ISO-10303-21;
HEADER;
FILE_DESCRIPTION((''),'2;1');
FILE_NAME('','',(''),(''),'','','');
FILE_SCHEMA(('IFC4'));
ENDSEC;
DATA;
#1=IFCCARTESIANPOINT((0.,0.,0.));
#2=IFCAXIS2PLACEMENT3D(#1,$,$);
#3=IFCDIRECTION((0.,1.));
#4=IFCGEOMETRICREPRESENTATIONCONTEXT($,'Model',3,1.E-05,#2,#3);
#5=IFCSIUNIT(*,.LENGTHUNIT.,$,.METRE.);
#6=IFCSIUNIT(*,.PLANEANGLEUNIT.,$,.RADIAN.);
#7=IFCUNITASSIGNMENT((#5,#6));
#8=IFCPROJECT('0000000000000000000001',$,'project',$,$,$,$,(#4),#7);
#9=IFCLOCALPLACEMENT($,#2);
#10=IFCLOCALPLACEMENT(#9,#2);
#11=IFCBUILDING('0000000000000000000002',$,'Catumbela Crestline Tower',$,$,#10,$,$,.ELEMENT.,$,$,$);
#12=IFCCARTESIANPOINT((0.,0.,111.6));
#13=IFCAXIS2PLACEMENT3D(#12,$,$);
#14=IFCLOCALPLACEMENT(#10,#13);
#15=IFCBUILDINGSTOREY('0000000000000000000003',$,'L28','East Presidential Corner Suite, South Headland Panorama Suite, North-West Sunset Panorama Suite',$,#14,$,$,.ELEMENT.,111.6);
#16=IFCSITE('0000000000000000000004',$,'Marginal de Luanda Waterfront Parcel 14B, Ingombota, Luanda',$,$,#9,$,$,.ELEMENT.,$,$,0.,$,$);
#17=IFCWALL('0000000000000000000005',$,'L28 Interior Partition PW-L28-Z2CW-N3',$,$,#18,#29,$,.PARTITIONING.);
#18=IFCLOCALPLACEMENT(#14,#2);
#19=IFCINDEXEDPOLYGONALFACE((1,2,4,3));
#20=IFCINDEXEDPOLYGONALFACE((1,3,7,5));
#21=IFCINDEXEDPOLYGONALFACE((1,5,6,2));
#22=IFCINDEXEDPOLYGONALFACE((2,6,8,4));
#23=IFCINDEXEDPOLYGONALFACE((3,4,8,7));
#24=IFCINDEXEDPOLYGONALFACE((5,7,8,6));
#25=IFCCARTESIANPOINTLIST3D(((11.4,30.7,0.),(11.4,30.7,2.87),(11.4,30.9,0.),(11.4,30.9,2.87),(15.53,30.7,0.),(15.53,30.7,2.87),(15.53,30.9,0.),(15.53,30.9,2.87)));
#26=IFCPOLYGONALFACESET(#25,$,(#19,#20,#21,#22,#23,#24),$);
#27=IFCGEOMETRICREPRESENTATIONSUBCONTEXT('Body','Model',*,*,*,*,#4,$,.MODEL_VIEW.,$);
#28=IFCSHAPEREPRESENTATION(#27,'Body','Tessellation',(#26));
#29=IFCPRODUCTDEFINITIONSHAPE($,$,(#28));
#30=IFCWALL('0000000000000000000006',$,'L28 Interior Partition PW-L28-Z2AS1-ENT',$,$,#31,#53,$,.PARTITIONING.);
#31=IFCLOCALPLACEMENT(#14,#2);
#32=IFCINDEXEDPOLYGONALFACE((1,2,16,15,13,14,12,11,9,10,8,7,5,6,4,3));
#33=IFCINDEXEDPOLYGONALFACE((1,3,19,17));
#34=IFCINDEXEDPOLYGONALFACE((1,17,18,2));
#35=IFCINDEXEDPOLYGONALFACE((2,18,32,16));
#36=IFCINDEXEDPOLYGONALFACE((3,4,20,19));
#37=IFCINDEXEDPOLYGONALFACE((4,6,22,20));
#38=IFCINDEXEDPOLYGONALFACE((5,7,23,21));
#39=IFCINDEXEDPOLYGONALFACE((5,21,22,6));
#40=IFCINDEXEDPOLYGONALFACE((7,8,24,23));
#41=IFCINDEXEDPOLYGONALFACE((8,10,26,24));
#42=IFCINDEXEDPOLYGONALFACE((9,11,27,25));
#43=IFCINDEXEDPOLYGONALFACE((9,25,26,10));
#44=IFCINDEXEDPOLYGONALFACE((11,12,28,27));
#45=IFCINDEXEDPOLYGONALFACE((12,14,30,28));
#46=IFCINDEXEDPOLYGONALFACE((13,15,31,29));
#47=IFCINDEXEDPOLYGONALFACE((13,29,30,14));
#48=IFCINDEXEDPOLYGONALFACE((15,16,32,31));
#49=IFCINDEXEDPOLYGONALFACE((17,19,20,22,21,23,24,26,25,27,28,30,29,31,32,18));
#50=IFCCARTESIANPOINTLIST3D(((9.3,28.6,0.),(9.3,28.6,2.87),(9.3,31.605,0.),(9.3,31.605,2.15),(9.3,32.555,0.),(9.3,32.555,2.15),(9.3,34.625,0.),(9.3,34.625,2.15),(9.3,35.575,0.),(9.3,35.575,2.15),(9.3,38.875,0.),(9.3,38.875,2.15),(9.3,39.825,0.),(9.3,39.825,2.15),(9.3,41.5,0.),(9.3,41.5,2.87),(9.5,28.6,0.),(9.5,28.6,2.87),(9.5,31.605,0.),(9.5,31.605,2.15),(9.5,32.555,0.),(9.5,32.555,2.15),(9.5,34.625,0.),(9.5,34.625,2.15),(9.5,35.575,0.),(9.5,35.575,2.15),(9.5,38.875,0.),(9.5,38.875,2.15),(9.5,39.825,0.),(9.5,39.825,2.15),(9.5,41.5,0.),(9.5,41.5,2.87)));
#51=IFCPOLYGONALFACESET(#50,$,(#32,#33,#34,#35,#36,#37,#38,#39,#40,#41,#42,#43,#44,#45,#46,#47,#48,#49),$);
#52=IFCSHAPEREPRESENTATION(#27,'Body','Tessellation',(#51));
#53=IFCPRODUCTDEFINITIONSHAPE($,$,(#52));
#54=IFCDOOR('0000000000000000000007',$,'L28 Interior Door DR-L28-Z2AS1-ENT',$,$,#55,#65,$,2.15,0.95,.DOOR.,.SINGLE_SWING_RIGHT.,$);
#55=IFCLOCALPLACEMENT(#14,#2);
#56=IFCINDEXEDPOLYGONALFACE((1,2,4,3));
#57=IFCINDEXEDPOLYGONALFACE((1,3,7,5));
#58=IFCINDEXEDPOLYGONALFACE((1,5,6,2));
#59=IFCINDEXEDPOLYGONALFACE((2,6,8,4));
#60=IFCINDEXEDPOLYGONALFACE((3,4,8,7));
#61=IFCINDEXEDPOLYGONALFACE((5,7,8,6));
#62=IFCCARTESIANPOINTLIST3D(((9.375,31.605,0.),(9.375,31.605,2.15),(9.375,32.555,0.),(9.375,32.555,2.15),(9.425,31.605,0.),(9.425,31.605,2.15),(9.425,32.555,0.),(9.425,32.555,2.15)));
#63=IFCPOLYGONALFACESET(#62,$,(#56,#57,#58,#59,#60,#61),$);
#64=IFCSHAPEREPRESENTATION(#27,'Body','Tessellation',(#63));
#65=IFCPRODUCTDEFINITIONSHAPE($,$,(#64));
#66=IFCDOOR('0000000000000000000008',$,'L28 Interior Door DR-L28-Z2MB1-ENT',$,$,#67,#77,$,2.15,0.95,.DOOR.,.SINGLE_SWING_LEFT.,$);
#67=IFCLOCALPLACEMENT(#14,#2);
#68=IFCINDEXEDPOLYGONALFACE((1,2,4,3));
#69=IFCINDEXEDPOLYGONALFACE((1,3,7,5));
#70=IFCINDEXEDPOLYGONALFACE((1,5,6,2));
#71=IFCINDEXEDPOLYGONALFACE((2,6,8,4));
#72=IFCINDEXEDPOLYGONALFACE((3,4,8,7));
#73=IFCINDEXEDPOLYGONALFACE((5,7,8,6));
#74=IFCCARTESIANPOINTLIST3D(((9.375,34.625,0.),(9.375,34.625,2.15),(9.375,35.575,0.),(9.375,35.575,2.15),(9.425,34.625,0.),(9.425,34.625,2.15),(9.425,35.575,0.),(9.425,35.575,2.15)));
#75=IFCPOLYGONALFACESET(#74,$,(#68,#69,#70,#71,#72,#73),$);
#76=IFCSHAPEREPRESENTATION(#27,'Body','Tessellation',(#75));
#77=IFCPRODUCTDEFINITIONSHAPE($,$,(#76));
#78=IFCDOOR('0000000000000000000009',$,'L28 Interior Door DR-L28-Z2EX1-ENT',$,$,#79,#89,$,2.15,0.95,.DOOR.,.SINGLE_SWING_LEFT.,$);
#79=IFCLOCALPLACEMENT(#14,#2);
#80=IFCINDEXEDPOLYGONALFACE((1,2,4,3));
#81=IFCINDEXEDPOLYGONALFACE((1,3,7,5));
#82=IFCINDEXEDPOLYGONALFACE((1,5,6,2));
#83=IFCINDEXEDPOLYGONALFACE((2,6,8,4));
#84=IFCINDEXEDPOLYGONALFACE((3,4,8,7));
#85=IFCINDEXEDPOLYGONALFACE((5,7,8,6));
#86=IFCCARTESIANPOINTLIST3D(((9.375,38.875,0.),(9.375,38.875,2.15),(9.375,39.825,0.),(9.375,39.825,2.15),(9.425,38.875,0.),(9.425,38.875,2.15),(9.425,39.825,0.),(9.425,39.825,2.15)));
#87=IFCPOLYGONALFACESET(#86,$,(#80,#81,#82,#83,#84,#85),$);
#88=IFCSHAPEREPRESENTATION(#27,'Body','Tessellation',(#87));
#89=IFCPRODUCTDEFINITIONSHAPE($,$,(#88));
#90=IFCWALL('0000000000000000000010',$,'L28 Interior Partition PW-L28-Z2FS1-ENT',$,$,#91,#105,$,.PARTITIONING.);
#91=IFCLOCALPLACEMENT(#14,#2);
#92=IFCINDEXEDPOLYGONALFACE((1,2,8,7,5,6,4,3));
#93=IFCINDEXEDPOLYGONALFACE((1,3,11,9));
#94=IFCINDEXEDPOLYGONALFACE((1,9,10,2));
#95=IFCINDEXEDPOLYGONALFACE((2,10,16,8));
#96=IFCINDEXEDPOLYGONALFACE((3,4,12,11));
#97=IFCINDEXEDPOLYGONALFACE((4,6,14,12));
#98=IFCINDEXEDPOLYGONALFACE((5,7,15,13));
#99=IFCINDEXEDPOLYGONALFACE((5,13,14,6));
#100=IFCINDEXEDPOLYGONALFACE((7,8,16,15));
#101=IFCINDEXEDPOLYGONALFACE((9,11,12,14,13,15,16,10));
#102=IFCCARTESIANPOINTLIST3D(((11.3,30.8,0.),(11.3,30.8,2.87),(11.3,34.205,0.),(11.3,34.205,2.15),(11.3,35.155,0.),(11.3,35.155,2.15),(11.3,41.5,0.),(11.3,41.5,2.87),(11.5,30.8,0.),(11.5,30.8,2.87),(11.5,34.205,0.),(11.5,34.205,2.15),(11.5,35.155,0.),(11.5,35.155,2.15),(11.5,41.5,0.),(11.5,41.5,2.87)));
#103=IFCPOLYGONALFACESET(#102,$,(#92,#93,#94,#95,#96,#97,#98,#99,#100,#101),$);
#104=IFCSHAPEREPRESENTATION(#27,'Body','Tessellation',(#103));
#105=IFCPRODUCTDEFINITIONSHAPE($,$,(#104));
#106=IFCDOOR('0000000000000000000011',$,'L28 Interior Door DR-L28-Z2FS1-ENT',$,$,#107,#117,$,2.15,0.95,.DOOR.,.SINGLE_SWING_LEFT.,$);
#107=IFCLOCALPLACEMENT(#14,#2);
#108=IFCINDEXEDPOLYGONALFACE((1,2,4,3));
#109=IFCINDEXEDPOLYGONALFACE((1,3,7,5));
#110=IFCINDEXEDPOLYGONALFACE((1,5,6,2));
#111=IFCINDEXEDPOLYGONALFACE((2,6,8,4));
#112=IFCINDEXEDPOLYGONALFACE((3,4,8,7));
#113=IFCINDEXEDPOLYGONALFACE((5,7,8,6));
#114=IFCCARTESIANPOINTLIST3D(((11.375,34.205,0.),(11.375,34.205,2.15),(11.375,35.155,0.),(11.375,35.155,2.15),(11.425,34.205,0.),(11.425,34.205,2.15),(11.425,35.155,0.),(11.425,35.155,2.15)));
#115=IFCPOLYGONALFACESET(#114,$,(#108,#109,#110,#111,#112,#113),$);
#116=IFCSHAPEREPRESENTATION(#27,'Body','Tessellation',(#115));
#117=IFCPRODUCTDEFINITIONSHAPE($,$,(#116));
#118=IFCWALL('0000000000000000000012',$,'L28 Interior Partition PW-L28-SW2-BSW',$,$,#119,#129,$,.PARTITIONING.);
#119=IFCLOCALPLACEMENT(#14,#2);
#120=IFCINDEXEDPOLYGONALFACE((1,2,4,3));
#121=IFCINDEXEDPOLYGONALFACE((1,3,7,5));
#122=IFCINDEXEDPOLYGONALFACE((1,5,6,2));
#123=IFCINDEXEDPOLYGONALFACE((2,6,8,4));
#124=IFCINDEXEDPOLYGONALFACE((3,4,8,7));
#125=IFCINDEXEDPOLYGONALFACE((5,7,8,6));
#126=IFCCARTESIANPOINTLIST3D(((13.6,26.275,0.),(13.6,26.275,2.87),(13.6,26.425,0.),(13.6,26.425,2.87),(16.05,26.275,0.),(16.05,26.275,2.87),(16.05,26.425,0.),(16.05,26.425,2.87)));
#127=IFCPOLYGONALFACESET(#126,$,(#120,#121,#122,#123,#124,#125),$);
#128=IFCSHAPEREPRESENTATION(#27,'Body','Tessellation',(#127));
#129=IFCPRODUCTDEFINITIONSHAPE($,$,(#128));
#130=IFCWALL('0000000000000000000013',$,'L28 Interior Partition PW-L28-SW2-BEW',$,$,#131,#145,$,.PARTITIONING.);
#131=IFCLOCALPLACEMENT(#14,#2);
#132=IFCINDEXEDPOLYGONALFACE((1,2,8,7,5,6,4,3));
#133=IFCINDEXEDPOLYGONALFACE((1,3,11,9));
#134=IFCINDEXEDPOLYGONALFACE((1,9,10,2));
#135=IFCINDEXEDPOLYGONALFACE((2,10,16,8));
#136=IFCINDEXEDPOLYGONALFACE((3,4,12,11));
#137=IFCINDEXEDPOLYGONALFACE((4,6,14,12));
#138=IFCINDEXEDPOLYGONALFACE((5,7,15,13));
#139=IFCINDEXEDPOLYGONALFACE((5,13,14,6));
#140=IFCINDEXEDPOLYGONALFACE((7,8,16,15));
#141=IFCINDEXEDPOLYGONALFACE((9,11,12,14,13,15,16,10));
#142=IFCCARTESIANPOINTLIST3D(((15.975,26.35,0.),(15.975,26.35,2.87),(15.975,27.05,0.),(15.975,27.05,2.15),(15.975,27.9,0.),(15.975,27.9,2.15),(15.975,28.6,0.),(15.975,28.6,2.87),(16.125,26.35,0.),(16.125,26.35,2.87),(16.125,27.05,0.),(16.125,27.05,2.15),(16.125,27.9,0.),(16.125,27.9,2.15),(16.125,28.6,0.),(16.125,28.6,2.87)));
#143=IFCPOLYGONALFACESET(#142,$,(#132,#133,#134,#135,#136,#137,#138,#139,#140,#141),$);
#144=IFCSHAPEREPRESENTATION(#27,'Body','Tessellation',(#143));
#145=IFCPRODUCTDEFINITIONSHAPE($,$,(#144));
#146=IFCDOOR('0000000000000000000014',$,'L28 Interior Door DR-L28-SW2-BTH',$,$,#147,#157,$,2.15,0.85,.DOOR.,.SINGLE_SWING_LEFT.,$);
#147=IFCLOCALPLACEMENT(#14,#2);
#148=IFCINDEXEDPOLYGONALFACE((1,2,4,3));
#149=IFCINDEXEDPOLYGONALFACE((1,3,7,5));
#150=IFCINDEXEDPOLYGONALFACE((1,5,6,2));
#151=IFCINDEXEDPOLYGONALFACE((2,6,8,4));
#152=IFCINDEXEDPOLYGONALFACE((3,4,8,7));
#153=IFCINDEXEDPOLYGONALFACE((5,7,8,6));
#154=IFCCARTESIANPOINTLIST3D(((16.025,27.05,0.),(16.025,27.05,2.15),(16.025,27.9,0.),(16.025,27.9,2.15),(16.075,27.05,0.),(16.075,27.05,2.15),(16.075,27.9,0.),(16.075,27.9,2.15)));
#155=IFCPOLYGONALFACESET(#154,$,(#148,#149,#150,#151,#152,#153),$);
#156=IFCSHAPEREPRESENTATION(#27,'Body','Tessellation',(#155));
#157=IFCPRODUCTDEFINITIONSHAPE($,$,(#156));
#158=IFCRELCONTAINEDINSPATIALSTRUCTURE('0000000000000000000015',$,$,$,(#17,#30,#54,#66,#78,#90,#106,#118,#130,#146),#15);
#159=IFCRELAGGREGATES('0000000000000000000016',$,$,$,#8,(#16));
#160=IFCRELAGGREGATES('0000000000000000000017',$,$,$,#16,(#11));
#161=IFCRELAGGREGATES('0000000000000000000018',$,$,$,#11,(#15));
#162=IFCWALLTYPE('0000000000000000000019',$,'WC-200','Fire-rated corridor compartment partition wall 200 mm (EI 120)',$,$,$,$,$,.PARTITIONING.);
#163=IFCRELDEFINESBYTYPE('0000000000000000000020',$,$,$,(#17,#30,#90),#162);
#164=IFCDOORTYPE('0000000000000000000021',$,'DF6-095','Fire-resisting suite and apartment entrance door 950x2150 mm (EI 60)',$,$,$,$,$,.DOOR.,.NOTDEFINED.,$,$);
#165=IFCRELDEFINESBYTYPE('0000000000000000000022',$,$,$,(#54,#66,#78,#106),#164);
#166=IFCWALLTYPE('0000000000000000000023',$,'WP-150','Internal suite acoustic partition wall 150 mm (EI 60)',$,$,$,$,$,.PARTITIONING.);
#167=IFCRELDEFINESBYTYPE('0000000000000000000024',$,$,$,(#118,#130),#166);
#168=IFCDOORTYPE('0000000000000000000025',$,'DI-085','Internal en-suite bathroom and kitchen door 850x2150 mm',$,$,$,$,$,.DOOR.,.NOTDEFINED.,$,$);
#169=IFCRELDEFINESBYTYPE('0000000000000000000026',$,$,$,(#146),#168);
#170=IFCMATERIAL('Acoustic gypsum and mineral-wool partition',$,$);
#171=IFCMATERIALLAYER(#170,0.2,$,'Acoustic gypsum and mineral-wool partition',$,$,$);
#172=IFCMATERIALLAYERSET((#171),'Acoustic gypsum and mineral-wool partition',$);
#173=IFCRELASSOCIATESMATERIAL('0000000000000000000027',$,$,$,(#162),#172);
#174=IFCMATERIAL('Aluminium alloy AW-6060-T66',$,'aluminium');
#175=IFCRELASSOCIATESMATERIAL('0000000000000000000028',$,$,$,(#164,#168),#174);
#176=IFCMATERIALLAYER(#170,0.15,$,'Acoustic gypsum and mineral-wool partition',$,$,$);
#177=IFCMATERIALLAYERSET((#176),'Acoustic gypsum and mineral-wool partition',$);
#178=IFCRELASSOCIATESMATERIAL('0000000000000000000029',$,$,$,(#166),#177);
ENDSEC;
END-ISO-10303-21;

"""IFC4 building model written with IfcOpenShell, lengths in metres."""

from ifc_helpers import new_model, si_unit, direction, frame, frame_2d, origin, place, context, subcontext, project, spatial, rectangle, extrude, material, layer, layer_set, type_object, element, fill, save


model = new_model("IFC4")

# Units and contexts
model_context = context("Model", 3, precision=1e-05, world=origin(), true_north=direction((0.0, 1.0)))
body_context = subcontext(model_context, "Body", "Model", "MODEL_VIEW")
ifc_project = project(units=[si_unit("LENGTHUNIT", "METRE"), si_unit("PLANEANGLEUNIT", "RADIAN")], contexts=[model_context])

# Site, building, storey
site_placement = place(None, origin())
site = spatial("IfcSite", under=ifc_project, at=site_placement, Name="Marginal de Luanda Waterfront Parcel 14B, Ingombota, Luanda", CompositionType="ELEMENT", RefElevation=0.0)
building_placement = place(site_placement, origin())
building = spatial("IfcBuilding", under=site, at=building_placement, Name="Catumbela Crestline Tower", CompositionType="ELEMENT")
storey_placement = place(building_placement, frame((0.0, 0.0, 111.6)))
storey = spatial("IfcBuildingStorey", under=building, at=storey_placement, Name="L28", Description="East Presidential Corner Suite, South Headland Panorama Suite, North-West Sunset Panorama Suite", CompositionType="ELEMENT", Elevation=111.6)

# Shared definitions
ifc_material_1 = material(Name="Acoustic gypsum and mineral-wool partition")
ifc_layer_1 = layer(ifc_material_1, 0.2, Name="Acoustic gypsum and mineral-wool partition")
ifc_layer_set_1 = layer_set([ifc_layer_1], Name="Acoustic gypsum and mineral-wool partition")
wall_type_1 = type_object("IfcWallType", Name="WC-200", Description="Fire-rated corridor compartment partition wall 200 mm (EI 120)", PredefinedType="PARTITIONING", material=ifc_layer_set_1)
ifc_material_2 = material(Name="Aluminium alloy AW-6060-T66", Category="aluminium")
door_type_1 = type_object("IfcDoorType", Name="DF6-095", Description="Fire-resisting suite and apartment entrance door 950x2150 mm (EI 60)", OperationType="NOTDEFINED", PredefinedType="DOOR", material=ifc_material_2)

# Wall
wall_1_placement = place(storey_placement, frame((11.4, 30.8, 0.0), z_axis=(0.0, 0.0, 1.0), x_axis=(1.0, 0.0, 0.0)))
element("IfcWall", 1, at=wall_1_placement, inside=storey, type_object=wall_type_1, Name="L28 Interior Partition PW-L28-Z2CW-N3", PredefinedType="PARTITIONING", context=body_context, shape_type="SweptSolid", body=[
    extrude(rectangle(XDim=4.13, YDim=0.2, at=frame_2d((2.065, 0.0))), origin(), (0.0, 0.0, 1.0), 2.87),
])

# Wall, openings, doors
wall_2_placement = place(storey_placement, frame((9.4, 28.6, 0.0), z_axis=(0.0, 0.0, 1.0), x_axis=(0.0, 1.0, 0.0)))
wall_2 = element("IfcWall", 2, at=wall_2_placement, inside=storey, type_object=wall_type_1, Name="L28 Interior Partition PW-L28-Z2AS1-ENT", PredefinedType="PARTITIONING", context=body_context, shape_type="SweptSolid", body=[
    extrude(rectangle(XDim=12.9, YDim=0.2, at=frame_2d((6.45, 0.0))), origin(), (0.0, 0.0, 1.0), 2.87),
])
opening_1_placement = place(wall_2_placement, frame((3.005, 0.0, 0.0)))
opening_1 = element("IfcOpeningElement", 3, at=opening_1_placement, cuts=wall_2, PredefinedType="OPENING", context=body_context, shape_type="SweptSolid", body=[
    extrude(rectangle(XDim=0.95, YDim=2.15, at=frame_2d((0.475, 1.075))), frame((0.0, 0.11, 0.0), z_axis=(0.0, -1.0, 0.0), x_axis=(1.0, 0.0, 0.0)), (0.0, 0.0, 1.0), 0.22),
])
opening_2_placement = place(wall_2_placement, frame((6.025, 0.0, 0.0)))
opening_2 = element("IfcOpeningElement", 4, at=opening_2_placement, cuts=wall_2, PredefinedType="OPENING", context=body_context, shape_type="SweptSolid", body=[
    extrude(rectangle(XDim=0.95, YDim=2.15, at=frame_2d((0.475, 1.075))), frame((0.0, 0.11, 0.0), z_axis=(0.0, -1.0, 0.0), x_axis=(1.0, 0.0, 0.0)), (0.0, 0.0, 1.0), 0.22),
])
opening_3_placement = place(wall_2_placement, frame((10.275, 0.0, 0.0)))
opening_3 = element("IfcOpeningElement", 5, at=opening_3_placement, cuts=wall_2, PredefinedType="OPENING", context=body_context, shape_type="SweptSolid", body=[
    extrude(rectangle(XDim=0.95, YDim=2.15, at=frame_2d((0.475, 1.075))), frame((0.0, 0.11, 0.0), z_axis=(0.0, -1.0, 0.0), x_axis=(1.0, 0.0, 0.0)), (0.0, 0.0, 1.0), 0.22),
])
door_1_placement = place(opening_1_placement, origin())
door_1 = element("IfcDoor", 6, at=door_1_placement, inside=storey, type_object=door_type_1, Name="L28 Interior Door DR-L28-Z2AS1-ENT", OperationType="SINGLE_SWING_RIGHT", OverallHeight=2.15, OverallWidth=0.95, PredefinedType="DOOR", context=body_context, shape_type="SweptSolid", body=[
    extrude(rectangle(XDim=0.95, YDim=2.15, at=frame_2d((0.475, 1.075))), frame((0.0, 0.025, 0.0), z_axis=(0.0, -1.0, 0.0), x_axis=(1.0, 0.0, 0.0)), (0.0, 0.0, 1.0), 0.05),
])
fill(opening_1, door_1)
door_2_placement = place(opening_2_placement, origin())
door_2 = element("IfcDoor", 7, at=door_2_placement, inside=storey, type_object=door_type_1, Name="L28 Interior Door DR-L28-Z2MB1-ENT", OperationType="SINGLE_SWING_LEFT", OverallHeight=2.15, OverallWidth=0.95, PredefinedType="DOOR", context=body_context, shape_type="SweptSolid", body=[
    extrude(rectangle(XDim=0.95, YDim=2.15, at=frame_2d((0.475, 1.075))), frame((0.0, 0.025, 0.0), z_axis=(0.0, -1.0, 0.0), x_axis=(1.0, 0.0, 0.0)), (0.0, 0.0, 1.0), 0.05),
])
fill(opening_2, door_2)
door_3_placement = place(opening_3_placement, origin())
door_3 = element("IfcDoor", 8, at=door_3_placement, inside=storey, type_object=door_type_1, Name="L28 Interior Door DR-L28-Z2EX1-ENT", OperationType="SINGLE_SWING_LEFT", OverallHeight=2.15, OverallWidth=0.95, PredefinedType="DOOR", context=body_context, shape_type="SweptSolid", body=[
    extrude(rectangle(XDim=0.95, YDim=2.15, at=frame_2d((0.475, 1.075))), frame((0.0, 0.025, 0.0), z_axis=(0.0, -1.0, 0.0), x_axis=(1.0, 0.0, 0.0)), (0.0, 0.0, 1.0), 0.05),
])
fill(opening_3, door_3)

# Wall, opening, door
wall_3_placement = place(storey_placement, frame((11.4, 30.8, 0.0), z_axis=(0.0, 0.0, 1.0), x_axis=(0.0, 1.0, 0.0)))
wall_3 = element("IfcWall", 9, at=wall_3_placement, inside=storey, type_object=wall_type_1, Name="L28 Interior Partition PW-L28-Z2FS1-ENT", PredefinedType="PARTITIONING", context=body_context, shape_type="SweptSolid", body=[
    extrude(rectangle(XDim=10.7, YDim=0.2, at=frame_2d((5.35, 0.0))), origin(), (0.0, 0.0, 1.0), 2.87),
])
opening_4_placement = place(wall_3_placement, frame((3.405, 0.0, 0.0)))
opening_4 = element("IfcOpeningElement", 10, at=opening_4_placement, cuts=wall_3, PredefinedType="OPENING", context=body_context, shape_type="SweptSolid", body=[
    extrude(rectangle(XDim=0.95, YDim=2.15, at=frame_2d((0.475, 1.075))), frame((0.0, 0.11, 0.0), z_axis=(0.0, -1.0, 0.0), x_axis=(1.0, 0.0, 0.0)), (0.0, 0.0, 1.0), 0.22),
])
door_4_placement = place(opening_4_placement, origin())
door_4 = element("IfcDoor", 11, at=door_4_placement, inside=storey, type_object=door_type_1, Name="L28 Interior Door DR-L28-Z2FS1-ENT", OperationType="SINGLE_SWING_LEFT", OverallHeight=2.15, OverallWidth=0.95, PredefinedType="DOOR", context=body_context, shape_type="SweptSolid", body=[
    extrude(rectangle(XDim=0.95, YDim=2.15, at=frame_2d((0.475, 1.075))), frame((0.0, 0.025, 0.0), z_axis=(0.0, -1.0, 0.0), x_axis=(1.0, 0.0, 0.0)), (0.0, 0.0, 1.0), 0.05),
])
fill(opening_4, door_4)

# Wall
ifc_layer_2 = layer(ifc_material_1, 0.15, Name="Acoustic gypsum and mineral-wool partition")
ifc_layer_set_2 = layer_set([ifc_layer_2], Name="Acoustic gypsum and mineral-wool partition")
wall_type_2 = type_object("IfcWallType", Name="WP-150", Description="Internal suite acoustic partition wall 150 mm (EI 60)", PredefinedType="PARTITIONING", material=ifc_layer_set_2)
wall_4_placement = place(storey_placement, frame((13.6, 26.35, 0.0), z_axis=(0.0, 0.0, 1.0), x_axis=(1.0, 0.0, 0.0)))
element("IfcWall", 12, at=wall_4_placement, inside=storey, type_object=wall_type_2, Name="L28 Interior Partition PW-L28-SW2-BSW", PredefinedType="PARTITIONING", context=body_context, shape_type="SweptSolid", body=[
    extrude(rectangle(XDim=2.45, YDim=0.15, at=frame_2d((1.225, 0.0))), origin(), (0.0, 0.0, 1.0), 2.87),
])

# Wall, opening, door
wall_5_placement = place(storey_placement, frame((16.05, 26.35, 0.0), z_axis=(0.0, 0.0, 1.0), x_axis=(0.0, 1.0, 0.0)))
wall_5 = element("IfcWall", 13, at=wall_5_placement, inside=storey, type_object=wall_type_2, Name="L28 Interior Partition PW-L28-SW2-BEW", PredefinedType="PARTITIONING", context=body_context, shape_type="SweptSolid", body=[
    extrude(rectangle(XDim=2.25, YDim=0.15, at=frame_2d((1.125, 0.0))), origin(), (0.0, 0.0, 1.0), 2.87),
])
opening_5_placement = place(wall_5_placement, frame((0.7, 0.0, 0.0)))
opening_5 = element("IfcOpeningElement", 14, at=opening_5_placement, cuts=wall_5, PredefinedType="OPENING", context=body_context, shape_type="SweptSolid", body=[
    extrude(rectangle(XDim=0.85, YDim=2.15, at=frame_2d((0.425, 1.075))), frame((0.0, 0.085, 0.0), z_axis=(0.0, -1.0, 0.0), x_axis=(1.0, 0.0, 0.0)), (0.0, 0.0, 1.0), 0.17),
])
door_type_2 = type_object("IfcDoorType", Name="DI-085", Description="Internal en-suite bathroom and kitchen door 850x2150 mm", OperationType="NOTDEFINED", PredefinedType="DOOR", material=ifc_material_2)
door_5_placement = place(opening_5_placement, origin())
door_5 = element("IfcDoor", 15, at=door_5_placement, inside=storey, type_object=door_type_2, Name="L28 Interior Door DR-L28-SW2-BTH", OperationType="SINGLE_SWING_LEFT", OverallHeight=2.15, OverallWidth=0.85, PredefinedType="DOOR", context=body_context, shape_type="SweptSolid", body=[
    extrude(rectangle(XDim=0.85, YDim=2.15, at=frame_2d((0.425, 1.075))), frame((0.0, 0.025, 0.0), z_axis=(0.0, -1.0, 0.0), x_axis=(1.0, 0.0, 0.0)), (0.0, 0.0, 1.0), 0.05),
])
fill(opening_5, door_5)

save(model, "model.ifc")
